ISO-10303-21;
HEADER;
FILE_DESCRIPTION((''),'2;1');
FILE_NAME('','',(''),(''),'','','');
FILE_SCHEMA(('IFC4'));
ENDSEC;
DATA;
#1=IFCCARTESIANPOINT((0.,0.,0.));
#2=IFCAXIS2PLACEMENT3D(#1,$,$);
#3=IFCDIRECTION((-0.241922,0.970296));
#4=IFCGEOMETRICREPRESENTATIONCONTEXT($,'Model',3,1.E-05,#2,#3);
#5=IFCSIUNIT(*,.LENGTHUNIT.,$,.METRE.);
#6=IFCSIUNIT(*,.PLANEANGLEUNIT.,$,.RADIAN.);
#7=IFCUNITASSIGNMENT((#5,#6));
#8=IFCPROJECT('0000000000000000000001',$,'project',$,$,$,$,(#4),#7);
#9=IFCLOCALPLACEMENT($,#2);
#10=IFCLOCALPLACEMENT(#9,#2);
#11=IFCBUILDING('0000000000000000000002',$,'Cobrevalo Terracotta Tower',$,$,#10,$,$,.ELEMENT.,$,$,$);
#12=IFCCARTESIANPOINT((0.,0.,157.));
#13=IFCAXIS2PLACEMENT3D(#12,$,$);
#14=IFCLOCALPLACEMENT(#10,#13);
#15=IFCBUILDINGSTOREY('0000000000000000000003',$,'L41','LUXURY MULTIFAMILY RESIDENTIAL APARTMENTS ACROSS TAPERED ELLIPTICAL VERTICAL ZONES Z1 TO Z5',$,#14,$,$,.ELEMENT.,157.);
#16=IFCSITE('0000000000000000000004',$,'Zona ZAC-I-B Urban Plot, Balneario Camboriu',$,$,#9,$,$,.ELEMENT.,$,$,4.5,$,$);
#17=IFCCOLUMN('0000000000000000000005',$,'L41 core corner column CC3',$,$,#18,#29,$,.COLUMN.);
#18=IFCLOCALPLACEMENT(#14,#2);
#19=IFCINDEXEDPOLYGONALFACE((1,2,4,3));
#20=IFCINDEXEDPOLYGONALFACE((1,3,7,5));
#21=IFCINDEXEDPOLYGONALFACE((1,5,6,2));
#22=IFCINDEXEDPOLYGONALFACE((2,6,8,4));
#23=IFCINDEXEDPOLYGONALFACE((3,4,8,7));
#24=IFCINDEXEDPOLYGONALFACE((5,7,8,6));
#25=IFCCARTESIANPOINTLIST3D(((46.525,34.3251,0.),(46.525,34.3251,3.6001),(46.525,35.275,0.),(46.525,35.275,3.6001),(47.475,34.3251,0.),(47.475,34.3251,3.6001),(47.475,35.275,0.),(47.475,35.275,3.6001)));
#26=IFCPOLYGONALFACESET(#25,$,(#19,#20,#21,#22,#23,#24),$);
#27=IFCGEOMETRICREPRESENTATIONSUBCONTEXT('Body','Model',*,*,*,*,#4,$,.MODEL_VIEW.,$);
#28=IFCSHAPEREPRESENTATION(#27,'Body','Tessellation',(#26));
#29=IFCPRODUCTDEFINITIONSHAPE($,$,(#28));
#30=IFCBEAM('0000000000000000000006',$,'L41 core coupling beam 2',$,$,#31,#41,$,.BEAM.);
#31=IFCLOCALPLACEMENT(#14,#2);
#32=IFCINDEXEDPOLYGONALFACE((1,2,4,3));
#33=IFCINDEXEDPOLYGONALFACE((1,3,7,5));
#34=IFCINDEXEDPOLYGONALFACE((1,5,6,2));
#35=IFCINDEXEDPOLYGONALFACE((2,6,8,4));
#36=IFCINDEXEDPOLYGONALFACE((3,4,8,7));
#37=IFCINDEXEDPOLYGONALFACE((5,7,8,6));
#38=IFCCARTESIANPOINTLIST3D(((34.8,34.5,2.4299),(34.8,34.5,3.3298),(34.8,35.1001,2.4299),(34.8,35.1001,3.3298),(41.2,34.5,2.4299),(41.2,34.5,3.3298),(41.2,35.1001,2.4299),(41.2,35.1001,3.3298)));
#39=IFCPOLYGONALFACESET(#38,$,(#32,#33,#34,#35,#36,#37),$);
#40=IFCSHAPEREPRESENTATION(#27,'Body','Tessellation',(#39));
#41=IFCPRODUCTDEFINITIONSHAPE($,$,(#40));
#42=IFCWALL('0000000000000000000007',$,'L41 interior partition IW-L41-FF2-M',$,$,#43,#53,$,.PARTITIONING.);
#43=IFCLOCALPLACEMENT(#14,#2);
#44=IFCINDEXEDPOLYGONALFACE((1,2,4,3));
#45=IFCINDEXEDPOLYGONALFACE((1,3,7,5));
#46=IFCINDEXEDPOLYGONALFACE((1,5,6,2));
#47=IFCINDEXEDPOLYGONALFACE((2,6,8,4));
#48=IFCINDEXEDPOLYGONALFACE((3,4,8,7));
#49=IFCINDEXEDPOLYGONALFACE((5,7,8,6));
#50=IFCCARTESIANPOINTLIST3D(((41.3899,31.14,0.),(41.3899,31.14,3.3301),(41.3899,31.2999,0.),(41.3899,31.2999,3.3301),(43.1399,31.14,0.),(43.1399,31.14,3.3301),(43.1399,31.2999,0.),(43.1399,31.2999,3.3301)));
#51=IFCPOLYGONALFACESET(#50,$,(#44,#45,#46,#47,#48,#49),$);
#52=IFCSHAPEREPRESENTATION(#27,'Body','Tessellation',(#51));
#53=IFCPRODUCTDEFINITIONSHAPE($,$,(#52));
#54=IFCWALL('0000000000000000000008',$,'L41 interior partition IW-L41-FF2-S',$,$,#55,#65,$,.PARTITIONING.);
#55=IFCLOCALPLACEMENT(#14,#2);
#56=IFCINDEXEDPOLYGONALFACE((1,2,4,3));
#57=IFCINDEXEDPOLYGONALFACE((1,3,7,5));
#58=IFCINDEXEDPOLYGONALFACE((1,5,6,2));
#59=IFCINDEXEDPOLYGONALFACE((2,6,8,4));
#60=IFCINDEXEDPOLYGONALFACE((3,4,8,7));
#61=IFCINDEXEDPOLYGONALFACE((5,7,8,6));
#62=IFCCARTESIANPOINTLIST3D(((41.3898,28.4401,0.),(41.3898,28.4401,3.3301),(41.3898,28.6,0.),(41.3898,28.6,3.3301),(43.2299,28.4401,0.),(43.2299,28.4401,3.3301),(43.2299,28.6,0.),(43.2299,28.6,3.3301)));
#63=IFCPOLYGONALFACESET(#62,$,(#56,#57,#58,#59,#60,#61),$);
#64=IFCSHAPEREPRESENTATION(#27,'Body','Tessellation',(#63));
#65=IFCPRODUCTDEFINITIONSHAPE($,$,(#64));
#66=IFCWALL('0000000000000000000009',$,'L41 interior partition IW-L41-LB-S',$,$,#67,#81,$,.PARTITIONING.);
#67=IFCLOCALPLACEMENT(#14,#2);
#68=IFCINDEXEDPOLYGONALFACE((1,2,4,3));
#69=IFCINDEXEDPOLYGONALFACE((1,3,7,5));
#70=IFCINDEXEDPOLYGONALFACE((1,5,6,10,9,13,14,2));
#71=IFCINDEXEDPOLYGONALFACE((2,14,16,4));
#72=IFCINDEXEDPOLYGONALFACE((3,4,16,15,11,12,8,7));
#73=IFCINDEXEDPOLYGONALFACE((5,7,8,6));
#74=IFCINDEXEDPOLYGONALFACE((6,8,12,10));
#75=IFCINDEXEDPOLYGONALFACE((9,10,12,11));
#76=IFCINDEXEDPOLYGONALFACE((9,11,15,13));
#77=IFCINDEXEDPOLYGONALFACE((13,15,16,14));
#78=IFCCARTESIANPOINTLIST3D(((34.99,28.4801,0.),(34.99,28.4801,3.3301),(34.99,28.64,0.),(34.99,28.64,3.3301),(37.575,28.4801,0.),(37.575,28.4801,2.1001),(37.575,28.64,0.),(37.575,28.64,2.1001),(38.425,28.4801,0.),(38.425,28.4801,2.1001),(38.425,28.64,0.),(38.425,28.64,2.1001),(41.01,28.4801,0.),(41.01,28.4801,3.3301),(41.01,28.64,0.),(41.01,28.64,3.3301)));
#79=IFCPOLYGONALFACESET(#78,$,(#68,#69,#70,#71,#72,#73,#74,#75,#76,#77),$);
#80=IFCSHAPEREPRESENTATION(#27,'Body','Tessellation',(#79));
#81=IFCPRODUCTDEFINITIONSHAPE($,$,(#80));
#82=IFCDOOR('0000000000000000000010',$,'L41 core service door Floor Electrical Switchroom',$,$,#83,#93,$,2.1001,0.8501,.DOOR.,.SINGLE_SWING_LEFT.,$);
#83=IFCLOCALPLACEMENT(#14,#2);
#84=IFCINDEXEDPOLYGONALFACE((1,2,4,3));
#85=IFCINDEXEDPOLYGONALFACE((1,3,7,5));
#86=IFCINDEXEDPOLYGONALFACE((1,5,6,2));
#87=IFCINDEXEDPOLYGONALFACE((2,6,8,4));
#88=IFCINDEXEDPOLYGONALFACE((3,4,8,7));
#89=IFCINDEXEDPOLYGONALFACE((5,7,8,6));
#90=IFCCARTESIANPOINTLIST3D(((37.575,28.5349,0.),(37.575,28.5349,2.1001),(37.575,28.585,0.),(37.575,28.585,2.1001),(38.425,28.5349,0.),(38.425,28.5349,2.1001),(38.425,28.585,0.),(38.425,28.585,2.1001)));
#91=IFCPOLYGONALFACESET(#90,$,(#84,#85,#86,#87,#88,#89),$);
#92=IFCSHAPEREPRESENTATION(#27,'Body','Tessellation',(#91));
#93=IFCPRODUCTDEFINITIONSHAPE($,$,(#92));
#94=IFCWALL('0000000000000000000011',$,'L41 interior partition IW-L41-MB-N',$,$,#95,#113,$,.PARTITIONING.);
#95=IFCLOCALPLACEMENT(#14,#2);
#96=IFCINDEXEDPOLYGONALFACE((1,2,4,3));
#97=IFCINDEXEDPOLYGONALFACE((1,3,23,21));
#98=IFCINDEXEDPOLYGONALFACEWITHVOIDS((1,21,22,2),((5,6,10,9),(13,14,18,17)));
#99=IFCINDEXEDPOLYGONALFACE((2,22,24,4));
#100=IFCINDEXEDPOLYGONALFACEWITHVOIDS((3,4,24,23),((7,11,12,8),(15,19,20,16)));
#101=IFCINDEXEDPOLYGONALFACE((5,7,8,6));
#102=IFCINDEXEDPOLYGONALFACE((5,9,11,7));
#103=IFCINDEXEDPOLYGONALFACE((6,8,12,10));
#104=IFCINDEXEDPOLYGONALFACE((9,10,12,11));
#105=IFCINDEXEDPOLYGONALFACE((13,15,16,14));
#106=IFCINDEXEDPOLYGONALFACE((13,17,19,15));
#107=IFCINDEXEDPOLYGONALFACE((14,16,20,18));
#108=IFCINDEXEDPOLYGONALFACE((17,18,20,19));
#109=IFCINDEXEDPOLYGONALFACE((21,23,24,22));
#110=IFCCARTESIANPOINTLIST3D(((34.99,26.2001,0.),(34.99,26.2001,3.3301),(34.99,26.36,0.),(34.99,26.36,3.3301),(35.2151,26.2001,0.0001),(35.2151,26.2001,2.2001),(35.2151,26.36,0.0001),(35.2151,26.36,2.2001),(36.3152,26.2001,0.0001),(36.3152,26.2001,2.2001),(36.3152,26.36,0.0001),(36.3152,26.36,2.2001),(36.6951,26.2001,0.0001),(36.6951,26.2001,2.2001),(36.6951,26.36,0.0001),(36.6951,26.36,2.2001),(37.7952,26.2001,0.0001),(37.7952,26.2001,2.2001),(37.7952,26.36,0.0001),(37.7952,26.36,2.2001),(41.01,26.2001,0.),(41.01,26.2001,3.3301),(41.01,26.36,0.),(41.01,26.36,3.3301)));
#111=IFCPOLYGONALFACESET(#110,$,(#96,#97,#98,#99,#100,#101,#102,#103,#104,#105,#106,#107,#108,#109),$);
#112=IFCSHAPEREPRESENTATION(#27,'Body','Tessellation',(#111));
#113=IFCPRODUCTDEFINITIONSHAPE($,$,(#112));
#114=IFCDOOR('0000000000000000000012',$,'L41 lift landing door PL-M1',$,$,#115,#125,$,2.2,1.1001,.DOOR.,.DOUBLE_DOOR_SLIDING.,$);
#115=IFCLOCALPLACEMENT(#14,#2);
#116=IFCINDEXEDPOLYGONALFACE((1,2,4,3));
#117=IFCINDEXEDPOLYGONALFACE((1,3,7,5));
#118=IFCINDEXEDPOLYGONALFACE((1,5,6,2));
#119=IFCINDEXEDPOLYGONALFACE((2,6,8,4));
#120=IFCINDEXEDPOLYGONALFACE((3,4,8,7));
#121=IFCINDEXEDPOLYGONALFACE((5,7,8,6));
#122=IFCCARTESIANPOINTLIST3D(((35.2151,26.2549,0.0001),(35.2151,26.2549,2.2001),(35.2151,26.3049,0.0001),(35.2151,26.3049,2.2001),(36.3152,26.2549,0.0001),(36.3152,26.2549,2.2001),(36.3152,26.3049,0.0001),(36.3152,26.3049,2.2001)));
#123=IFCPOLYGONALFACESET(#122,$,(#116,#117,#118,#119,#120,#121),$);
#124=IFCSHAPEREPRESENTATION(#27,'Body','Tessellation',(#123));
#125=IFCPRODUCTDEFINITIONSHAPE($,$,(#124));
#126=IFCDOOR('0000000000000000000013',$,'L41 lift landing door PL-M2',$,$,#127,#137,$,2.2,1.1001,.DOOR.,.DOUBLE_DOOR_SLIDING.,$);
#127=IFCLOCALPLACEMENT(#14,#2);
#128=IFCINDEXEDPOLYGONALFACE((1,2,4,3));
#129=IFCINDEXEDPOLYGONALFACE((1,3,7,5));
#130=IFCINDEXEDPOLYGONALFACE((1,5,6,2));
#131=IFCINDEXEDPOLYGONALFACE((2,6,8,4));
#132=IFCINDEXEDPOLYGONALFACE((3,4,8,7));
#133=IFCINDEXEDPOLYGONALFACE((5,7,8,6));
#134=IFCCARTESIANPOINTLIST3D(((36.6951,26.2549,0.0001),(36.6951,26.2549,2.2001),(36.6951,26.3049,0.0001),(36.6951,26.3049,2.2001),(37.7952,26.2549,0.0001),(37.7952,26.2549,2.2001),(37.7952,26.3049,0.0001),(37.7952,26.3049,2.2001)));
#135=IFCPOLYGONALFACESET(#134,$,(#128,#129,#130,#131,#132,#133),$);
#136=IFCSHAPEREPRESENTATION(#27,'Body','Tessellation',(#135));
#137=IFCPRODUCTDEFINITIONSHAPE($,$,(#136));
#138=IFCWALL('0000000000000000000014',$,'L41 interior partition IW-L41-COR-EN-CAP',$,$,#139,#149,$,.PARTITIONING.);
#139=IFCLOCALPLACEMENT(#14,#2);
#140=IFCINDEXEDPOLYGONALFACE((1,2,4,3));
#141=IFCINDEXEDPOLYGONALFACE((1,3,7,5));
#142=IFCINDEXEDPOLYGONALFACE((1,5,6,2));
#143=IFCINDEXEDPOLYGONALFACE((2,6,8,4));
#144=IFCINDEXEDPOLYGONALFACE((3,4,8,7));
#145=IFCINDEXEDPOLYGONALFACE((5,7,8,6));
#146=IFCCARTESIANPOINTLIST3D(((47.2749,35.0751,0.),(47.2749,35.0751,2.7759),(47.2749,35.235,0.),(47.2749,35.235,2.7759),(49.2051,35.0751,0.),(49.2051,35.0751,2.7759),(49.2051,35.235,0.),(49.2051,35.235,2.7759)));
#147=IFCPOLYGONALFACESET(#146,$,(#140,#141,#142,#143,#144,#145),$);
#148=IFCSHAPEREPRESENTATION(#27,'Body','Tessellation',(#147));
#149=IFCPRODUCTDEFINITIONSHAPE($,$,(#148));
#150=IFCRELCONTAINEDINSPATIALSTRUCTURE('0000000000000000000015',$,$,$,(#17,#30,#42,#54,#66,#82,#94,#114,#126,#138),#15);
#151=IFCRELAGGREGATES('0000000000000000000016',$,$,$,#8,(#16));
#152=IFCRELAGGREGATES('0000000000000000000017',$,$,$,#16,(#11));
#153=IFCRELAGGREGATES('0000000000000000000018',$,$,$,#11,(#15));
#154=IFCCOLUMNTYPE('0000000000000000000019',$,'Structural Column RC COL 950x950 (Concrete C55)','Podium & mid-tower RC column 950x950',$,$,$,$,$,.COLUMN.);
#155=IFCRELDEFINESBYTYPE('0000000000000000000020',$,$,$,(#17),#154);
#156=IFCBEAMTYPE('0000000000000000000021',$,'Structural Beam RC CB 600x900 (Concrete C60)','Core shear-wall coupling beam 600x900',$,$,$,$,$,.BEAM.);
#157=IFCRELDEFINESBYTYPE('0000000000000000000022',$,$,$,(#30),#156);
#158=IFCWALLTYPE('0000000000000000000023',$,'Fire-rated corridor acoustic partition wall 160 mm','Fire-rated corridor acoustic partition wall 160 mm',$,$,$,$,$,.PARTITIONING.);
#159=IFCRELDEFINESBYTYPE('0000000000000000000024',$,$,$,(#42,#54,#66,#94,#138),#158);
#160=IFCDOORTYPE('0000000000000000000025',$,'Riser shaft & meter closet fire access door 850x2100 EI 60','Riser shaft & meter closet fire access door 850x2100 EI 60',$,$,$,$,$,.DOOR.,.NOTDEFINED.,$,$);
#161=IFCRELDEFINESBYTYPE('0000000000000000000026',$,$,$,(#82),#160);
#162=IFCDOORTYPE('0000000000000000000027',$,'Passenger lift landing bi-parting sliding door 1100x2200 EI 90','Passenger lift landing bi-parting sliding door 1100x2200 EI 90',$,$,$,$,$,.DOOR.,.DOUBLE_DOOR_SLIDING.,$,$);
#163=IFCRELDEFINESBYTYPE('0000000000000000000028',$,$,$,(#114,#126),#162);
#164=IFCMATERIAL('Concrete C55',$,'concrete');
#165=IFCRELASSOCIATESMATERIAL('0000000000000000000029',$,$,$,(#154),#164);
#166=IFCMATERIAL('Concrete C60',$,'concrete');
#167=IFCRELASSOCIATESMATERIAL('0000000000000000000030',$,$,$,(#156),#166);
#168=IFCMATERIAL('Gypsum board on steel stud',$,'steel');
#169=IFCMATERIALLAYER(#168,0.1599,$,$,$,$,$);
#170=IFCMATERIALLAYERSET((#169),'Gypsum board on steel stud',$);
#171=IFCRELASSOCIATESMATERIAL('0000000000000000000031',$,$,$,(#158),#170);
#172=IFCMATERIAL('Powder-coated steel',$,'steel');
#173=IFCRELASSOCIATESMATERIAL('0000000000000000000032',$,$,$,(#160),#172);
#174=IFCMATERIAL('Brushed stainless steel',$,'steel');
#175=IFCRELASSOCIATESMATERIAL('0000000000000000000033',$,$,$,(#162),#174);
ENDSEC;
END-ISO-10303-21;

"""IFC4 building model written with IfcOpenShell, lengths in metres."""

from ifc_helpers import new_model, si_unit, direction, frame, frame_2d, origin, origin_2d, place, context, subcontext, project, spatial, rectangle, extrude, source, transform, mapped, material, layer, layer_set, material_profile, profile_set, type_object, element, fill, save


model = new_model("IFC4")

# Units and contexts
model_context = context("Model", 3, precision=1e-05, world=origin(), true_north=direction((-0.241922, 0.970296)))
body_context = subcontext(model_context, "Body", "Model", "MODEL_VIEW")
ifc_project = project(units=[si_unit("LENGTHUNIT", "METRE"), si_unit("PLANEANGLEUNIT", "RADIAN")], contexts=[model_context])

# Site, building, storey
site_placement = place(None, origin())
site = spatial("IfcSite", under=ifc_project, at=site_placement, Name="Zona ZAC-I-B Urban Plot, Balneario Camboriu", CompositionType="ELEMENT", RefElevation=4.5)
building_placement = place(site_placement, origin())
building = spatial("IfcBuilding", under=site, at=building_placement, Name="Cobrevalo Terracotta Tower", CompositionType="ELEMENT")
storey_placement = place(building_placement, frame((0.0, 0.0, 157.0)))
storey = spatial("IfcBuildingStorey", under=building, at=storey_placement, Name="L41", Description="LUXURY MULTIFAMILY RESIDENTIAL APARTMENTS ACROSS TAPERED ELLIPTICAL VERTICAL ZONES Z1 TO Z5", CompositionType="ELEMENT", Elevation=157.0)

# Column
ifc_material_1 = material(Name="Concrete C55", Category="concrete")
ifc_material_profile_1 = material_profile(ifc_material_1, rectangle(XDim=0.95, YDim=0.95, at=origin_2d()), Name="RC COL 950x950")
ifc_profile_set_1 = profile_set([ifc_material_profile_1], Name="Concrete C55")
column_type = type_object("IfcColumnType", Name="Structural Column RC COL 950x950 (Concrete C55)", Description="Podium & mid-tower RC column 950x950", PredefinedType="COLUMN", material=ifc_profile_set_1)
column_placement = place(storey_placement, frame((47.0, 34.8, 0.0), z_axis=(0.0, 0.0, 1.0), x_axis=(1.0, 0.0, 0.0)))
element("IfcColumn", 1, at=column_placement, inside=storey, type_object=column_type, Name="L41 core corner column CC3", PredefinedType="COLUMN", context=body_context, shape_type="SweptSolid", body=[
    extrude(rectangle(XDim=0.95, YDim=0.95, at=origin_2d()), origin(), (0.0, 0.0, 1.0), 3.6001),
])

# Beam
ifc_material_2 = material(Name="Concrete C60", Category="concrete")
ifc_material_profile_2 = material_profile(ifc_material_2, rectangle(XDim=0.6001, YDim=0.8999, at=origin_2d()), Name="RC CB 600x900")
ifc_profile_set_2 = profile_set([ifc_material_profile_2], Name="Concrete C60")
beam_type = type_object("IfcBeamType", Name="Structural Beam RC CB 600x900 (Concrete C60)", Description="Core shear-wall coupling beam 600x900", PredefinedType="BEAM", material=ifc_profile_set_2)
beam_placement = place(storey_placement, frame((34.8, 34.8, 2.8799), z_axis=(1.0, 0.0, 0.0), x_axis=(0.0, 1.0, 0.0)))
element("IfcBeam", 2, at=beam_placement, inside=storey, type_object=beam_type, Name="L41 core coupling beam 2", PredefinedType="BEAM", context=body_context, shape_type="SweptSolid", body=[
    extrude(rectangle(XDim=0.6001, YDim=0.8999, at=origin_2d()), origin(), (0.0, 0.0, 1.0), 6.3999),
])

# Walls
ifc_material_3 = material(Name="Gypsum board on steel stud", Category="steel")
ifc_layer_1 = layer(ifc_material_3, 0.1599)
ifc_layer_set_1 = layer_set([ifc_layer_1], Name="Gypsum board on steel stud")
wall_type_1 = type_object("IfcWallType", Name="Fire-rated corridor acoustic partition wall 160 mm", Description="Fire-rated corridor acoustic partition wall 160 mm", PredefinedType="PARTITIONING", material=ifc_layer_set_1)
wall_1_placement = place(storey_placement, frame((41.3899, 31.22, 0.0), z_axis=(0.0, 0.0, 1.0), x_axis=(1.0, 0.0, 0.0)))
element("IfcWall", 3, at=wall_1_placement, inside=storey, type_object=wall_type_1, Name="L41 interior partition IW-L41-FF2-M", PredefinedType="PARTITIONING", context=body_context, shape_type="SweptSolid", body=[
    extrude(rectangle(XDim=1.75, YDim=0.1599, at=frame_2d((0.875, 0.0))), origin(), (0.0, 0.0, 1.0), 3.3301),
])
wall_2_placement = place(storey_placement, frame((41.3899, 28.52, 0.0), z_axis=(0.0, 0.0, 1.0), x_axis=(1.0, 0.0, 0.0)))
element("IfcWall", 4, at=wall_2_placement, inside=storey, type_object=wall_type_1, Name="L41 interior partition IW-L41-FF2-S", PredefinedType="PARTITIONING", context=body_context, shape_type="SweptSolid", body=[
    extrude(rectangle(XDim=1.8401, YDim=0.1599, at=frame_2d((0.9199, 0.0))), origin(), (0.0, 0.0, 1.0), 3.3301),
])

# Wall, opening, door
wall_3_placement = place(storey_placement, frame((34.99, 28.5601, 0.0), z_axis=(0.0, 0.0, 1.0), x_axis=(1.0, 0.0, 0.0)))
wall_3 = element("IfcWall", 5, at=wall_3_placement, inside=storey, type_object=wall_type_1, Name="L41 interior partition IW-L41-LB-S", PredefinedType="PARTITIONING", context=body_context, shape_type="SweptSolid", body=[
    extrude(rectangle(XDim=6.02, YDim=0.1599, at=frame_2d((3.01, 0.0))), origin(), (0.0, 0.0, 1.0), 3.3301),
])
opening_1_placement = place(wall_3_placement, frame((2.585, 0.0, 0.0)))
opening_1 = element("IfcOpeningElement", 6, at=opening_1_placement, cuts=wall_3, PredefinedType="OPENING", context=body_context, shape_type="SweptSolid", body=[
    extrude(rectangle(XDim=0.8501, YDim=2.1001, at=frame_2d((0.425, 1.05))), frame((0.0, 0.0898, 0.0), z_axis=(0.0, -1.0, 0.0), x_axis=(1.0, 0.0, 0.0)), (0.0, 0.0, 1.0), 0.1799),
])
ifc_material_4 = material(Name="Powder-coated steel", Category="steel")
door_type_1 = type_object("IfcDoorType", Name="Riser shaft & meter closet fire access door 850x2100 EI 60", Description="Riser shaft & meter closet fire access door 850x2100 EI 60", OperationType="NOTDEFINED", PredefinedType="DOOR", material=ifc_material_4)
shared_shape_1 = source(origin(), body_context, "Body", "SweptSolid", [
    extrude(rectangle(XDim=0.8501, YDim=2.1001, at=frame_2d((0.425, 1.05))), frame((0.0, 0.0249, 0.0), z_axis=(0.0, -1.0, 0.0), x_axis=(1.0, 0.0, 0.0)), (0.0, 0.0, 1.0), 0.05),
])
door_1_placement = place(opening_1_placement, origin())
door_1 = element("IfcDoor", 7, at=door_1_placement, inside=storey, type_object=door_type_1, Name="L41 core service door Floor Electrical Switchroom", OperationType="SINGLE_SWING_LEFT", OverallHeight=2.1001, OverallWidth=0.8501, PredefinedType="DOOR", context=body_context, shape_type="MappedRepresentation", body=[
    mapped(shared_shape_1, transform((0.0, 0.0, 0.0), scale=1.0)),
])
fill(opening_1, door_1)

# Wall, openings, doors
wall_4_placement = place(storey_placement, frame((34.99, 26.28, 0.0), z_axis=(0.0, 0.0, 1.0), x_axis=(1.0, 0.0, 0.0)))
wall_4 = element("IfcWall", 8, at=wall_4_placement, inside=storey, type_object=wall_type_1, Name="L41 interior partition IW-L41-MB-N", PredefinedType="PARTITIONING", context=body_context, shape_type="SweptSolid", body=[
    extrude(rectangle(XDim=6.02, YDim=0.1599, at=frame_2d((3.01, 0.0))), origin(), (0.0, 0.0, 1.0), 3.3301),
])
opening_2_placement = place(wall_4_placement, frame((0.2251, 0.0, 0.0)))
opening_2 = element("IfcOpeningElement", 9, at=opening_2_placement, cuts=wall_4, PredefinedType="OPENING", context=body_context, shape_type="SweptSolid", body=[
    extrude(rectangle(XDim=1.1001, YDim=2.2, at=frame_2d((0.55, 1.1001))), frame((0.0, 0.0898, 0.0), z_axis=(0.0, -1.0, 0.0), x_axis=(1.0, 0.0, 0.0)), (0.0, 0.0, 1.0), 0.1799),
])
opening_3_placement = place(wall_4_placement, frame((1.7051, 0.0, 0.0)))
opening_3 = element("IfcOpeningElement", 10, at=opening_3_placement, cuts=wall_4, PredefinedType="OPENING", context=body_context, shape_type="SweptSolid", body=[
    extrude(rectangle(XDim=1.1001, YDim=2.2, at=frame_2d((0.55, 1.1001))), frame((0.0, 0.0898, 0.0), z_axis=(0.0, -1.0, 0.0), x_axis=(1.0, 0.0, 0.0)), (0.0, 0.0, 1.0), 0.1799),
])
ifc_material_5 = material(Name="Brushed stainless steel", Category="steel")
door_type_2 = type_object("IfcDoorType", Name="Passenger lift landing bi-parting sliding door 1100x2200 EI 90", Description="Passenger lift landing bi-parting sliding door 1100x2200 EI 90", OperationType="DOUBLE_DOOR_SLIDING", PredefinedType="DOOR", material=ifc_material_5)
shared_shape_2 = source(origin(), body_context, "Body", "SweptSolid", [
    extrude(rectangle(XDim=1.1001, YDim=2.2, at=frame_2d((0.55, 1.1001))), frame((0.0, 0.0249, 0.0), z_axis=(0.0, -1.0, 0.0), x_axis=(1.0, 0.0, 0.0)), (0.0, 0.0, 1.0), 0.05),
])
door_2_placement = place(opening_2_placement, origin())
door_2 = element("IfcDoor", 11, at=door_2_placement, inside=storey, type_object=door_type_2, Name="L41 lift landing door PL-M1", OperationType="DOUBLE_DOOR_SLIDING", OverallHeight=2.2, OverallWidth=1.1001, PredefinedType="DOOR", context=body_context, shape_type="MappedRepresentation", body=[
    mapped(shared_shape_2, transform((0.0, 0.0, 0.0), scale=1.0)),
])
fill(opening_2, door_2)
door_3_placement = place(opening_3_placement, origin())
door_3 = element("IfcDoor", 12, at=door_3_placement, inside=storey, type_object=door_type_2, Name="L41 lift landing door PL-M2", OperationType="DOUBLE_DOOR_SLIDING", OverallHeight=2.2, OverallWidth=1.1001, PredefinedType="DOOR", context=body_context, shape_type="MappedRepresentation", body=[
    mapped(shared_shape_2, transform((0.0, 0.0, 0.0), scale=1.0)),
])
fill(opening_3, door_3)

# Wall
wall_5_placement = place(storey_placement, frame((47.2749, 35.155, 0.0), z_axis=(0.0, 0.0, 1.0), x_axis=(1.0, 0.0, 0.0)))
element("IfcWall", 13, at=wall_5_placement, inside=storey, type_object=wall_type_1, Name="L41 interior partition IW-L41-COR-EN-CAP", PredefinedType="PARTITIONING", context=body_context, shape_type="SweptSolid", body=[
    extrude(rectangle(XDim=1.9302, YDim=0.1599, at=frame_2d((0.9651, 0.0))), origin(), (0.0, 0.0, 1.0), 2.7759),
])

save(model, "model.ifc")
